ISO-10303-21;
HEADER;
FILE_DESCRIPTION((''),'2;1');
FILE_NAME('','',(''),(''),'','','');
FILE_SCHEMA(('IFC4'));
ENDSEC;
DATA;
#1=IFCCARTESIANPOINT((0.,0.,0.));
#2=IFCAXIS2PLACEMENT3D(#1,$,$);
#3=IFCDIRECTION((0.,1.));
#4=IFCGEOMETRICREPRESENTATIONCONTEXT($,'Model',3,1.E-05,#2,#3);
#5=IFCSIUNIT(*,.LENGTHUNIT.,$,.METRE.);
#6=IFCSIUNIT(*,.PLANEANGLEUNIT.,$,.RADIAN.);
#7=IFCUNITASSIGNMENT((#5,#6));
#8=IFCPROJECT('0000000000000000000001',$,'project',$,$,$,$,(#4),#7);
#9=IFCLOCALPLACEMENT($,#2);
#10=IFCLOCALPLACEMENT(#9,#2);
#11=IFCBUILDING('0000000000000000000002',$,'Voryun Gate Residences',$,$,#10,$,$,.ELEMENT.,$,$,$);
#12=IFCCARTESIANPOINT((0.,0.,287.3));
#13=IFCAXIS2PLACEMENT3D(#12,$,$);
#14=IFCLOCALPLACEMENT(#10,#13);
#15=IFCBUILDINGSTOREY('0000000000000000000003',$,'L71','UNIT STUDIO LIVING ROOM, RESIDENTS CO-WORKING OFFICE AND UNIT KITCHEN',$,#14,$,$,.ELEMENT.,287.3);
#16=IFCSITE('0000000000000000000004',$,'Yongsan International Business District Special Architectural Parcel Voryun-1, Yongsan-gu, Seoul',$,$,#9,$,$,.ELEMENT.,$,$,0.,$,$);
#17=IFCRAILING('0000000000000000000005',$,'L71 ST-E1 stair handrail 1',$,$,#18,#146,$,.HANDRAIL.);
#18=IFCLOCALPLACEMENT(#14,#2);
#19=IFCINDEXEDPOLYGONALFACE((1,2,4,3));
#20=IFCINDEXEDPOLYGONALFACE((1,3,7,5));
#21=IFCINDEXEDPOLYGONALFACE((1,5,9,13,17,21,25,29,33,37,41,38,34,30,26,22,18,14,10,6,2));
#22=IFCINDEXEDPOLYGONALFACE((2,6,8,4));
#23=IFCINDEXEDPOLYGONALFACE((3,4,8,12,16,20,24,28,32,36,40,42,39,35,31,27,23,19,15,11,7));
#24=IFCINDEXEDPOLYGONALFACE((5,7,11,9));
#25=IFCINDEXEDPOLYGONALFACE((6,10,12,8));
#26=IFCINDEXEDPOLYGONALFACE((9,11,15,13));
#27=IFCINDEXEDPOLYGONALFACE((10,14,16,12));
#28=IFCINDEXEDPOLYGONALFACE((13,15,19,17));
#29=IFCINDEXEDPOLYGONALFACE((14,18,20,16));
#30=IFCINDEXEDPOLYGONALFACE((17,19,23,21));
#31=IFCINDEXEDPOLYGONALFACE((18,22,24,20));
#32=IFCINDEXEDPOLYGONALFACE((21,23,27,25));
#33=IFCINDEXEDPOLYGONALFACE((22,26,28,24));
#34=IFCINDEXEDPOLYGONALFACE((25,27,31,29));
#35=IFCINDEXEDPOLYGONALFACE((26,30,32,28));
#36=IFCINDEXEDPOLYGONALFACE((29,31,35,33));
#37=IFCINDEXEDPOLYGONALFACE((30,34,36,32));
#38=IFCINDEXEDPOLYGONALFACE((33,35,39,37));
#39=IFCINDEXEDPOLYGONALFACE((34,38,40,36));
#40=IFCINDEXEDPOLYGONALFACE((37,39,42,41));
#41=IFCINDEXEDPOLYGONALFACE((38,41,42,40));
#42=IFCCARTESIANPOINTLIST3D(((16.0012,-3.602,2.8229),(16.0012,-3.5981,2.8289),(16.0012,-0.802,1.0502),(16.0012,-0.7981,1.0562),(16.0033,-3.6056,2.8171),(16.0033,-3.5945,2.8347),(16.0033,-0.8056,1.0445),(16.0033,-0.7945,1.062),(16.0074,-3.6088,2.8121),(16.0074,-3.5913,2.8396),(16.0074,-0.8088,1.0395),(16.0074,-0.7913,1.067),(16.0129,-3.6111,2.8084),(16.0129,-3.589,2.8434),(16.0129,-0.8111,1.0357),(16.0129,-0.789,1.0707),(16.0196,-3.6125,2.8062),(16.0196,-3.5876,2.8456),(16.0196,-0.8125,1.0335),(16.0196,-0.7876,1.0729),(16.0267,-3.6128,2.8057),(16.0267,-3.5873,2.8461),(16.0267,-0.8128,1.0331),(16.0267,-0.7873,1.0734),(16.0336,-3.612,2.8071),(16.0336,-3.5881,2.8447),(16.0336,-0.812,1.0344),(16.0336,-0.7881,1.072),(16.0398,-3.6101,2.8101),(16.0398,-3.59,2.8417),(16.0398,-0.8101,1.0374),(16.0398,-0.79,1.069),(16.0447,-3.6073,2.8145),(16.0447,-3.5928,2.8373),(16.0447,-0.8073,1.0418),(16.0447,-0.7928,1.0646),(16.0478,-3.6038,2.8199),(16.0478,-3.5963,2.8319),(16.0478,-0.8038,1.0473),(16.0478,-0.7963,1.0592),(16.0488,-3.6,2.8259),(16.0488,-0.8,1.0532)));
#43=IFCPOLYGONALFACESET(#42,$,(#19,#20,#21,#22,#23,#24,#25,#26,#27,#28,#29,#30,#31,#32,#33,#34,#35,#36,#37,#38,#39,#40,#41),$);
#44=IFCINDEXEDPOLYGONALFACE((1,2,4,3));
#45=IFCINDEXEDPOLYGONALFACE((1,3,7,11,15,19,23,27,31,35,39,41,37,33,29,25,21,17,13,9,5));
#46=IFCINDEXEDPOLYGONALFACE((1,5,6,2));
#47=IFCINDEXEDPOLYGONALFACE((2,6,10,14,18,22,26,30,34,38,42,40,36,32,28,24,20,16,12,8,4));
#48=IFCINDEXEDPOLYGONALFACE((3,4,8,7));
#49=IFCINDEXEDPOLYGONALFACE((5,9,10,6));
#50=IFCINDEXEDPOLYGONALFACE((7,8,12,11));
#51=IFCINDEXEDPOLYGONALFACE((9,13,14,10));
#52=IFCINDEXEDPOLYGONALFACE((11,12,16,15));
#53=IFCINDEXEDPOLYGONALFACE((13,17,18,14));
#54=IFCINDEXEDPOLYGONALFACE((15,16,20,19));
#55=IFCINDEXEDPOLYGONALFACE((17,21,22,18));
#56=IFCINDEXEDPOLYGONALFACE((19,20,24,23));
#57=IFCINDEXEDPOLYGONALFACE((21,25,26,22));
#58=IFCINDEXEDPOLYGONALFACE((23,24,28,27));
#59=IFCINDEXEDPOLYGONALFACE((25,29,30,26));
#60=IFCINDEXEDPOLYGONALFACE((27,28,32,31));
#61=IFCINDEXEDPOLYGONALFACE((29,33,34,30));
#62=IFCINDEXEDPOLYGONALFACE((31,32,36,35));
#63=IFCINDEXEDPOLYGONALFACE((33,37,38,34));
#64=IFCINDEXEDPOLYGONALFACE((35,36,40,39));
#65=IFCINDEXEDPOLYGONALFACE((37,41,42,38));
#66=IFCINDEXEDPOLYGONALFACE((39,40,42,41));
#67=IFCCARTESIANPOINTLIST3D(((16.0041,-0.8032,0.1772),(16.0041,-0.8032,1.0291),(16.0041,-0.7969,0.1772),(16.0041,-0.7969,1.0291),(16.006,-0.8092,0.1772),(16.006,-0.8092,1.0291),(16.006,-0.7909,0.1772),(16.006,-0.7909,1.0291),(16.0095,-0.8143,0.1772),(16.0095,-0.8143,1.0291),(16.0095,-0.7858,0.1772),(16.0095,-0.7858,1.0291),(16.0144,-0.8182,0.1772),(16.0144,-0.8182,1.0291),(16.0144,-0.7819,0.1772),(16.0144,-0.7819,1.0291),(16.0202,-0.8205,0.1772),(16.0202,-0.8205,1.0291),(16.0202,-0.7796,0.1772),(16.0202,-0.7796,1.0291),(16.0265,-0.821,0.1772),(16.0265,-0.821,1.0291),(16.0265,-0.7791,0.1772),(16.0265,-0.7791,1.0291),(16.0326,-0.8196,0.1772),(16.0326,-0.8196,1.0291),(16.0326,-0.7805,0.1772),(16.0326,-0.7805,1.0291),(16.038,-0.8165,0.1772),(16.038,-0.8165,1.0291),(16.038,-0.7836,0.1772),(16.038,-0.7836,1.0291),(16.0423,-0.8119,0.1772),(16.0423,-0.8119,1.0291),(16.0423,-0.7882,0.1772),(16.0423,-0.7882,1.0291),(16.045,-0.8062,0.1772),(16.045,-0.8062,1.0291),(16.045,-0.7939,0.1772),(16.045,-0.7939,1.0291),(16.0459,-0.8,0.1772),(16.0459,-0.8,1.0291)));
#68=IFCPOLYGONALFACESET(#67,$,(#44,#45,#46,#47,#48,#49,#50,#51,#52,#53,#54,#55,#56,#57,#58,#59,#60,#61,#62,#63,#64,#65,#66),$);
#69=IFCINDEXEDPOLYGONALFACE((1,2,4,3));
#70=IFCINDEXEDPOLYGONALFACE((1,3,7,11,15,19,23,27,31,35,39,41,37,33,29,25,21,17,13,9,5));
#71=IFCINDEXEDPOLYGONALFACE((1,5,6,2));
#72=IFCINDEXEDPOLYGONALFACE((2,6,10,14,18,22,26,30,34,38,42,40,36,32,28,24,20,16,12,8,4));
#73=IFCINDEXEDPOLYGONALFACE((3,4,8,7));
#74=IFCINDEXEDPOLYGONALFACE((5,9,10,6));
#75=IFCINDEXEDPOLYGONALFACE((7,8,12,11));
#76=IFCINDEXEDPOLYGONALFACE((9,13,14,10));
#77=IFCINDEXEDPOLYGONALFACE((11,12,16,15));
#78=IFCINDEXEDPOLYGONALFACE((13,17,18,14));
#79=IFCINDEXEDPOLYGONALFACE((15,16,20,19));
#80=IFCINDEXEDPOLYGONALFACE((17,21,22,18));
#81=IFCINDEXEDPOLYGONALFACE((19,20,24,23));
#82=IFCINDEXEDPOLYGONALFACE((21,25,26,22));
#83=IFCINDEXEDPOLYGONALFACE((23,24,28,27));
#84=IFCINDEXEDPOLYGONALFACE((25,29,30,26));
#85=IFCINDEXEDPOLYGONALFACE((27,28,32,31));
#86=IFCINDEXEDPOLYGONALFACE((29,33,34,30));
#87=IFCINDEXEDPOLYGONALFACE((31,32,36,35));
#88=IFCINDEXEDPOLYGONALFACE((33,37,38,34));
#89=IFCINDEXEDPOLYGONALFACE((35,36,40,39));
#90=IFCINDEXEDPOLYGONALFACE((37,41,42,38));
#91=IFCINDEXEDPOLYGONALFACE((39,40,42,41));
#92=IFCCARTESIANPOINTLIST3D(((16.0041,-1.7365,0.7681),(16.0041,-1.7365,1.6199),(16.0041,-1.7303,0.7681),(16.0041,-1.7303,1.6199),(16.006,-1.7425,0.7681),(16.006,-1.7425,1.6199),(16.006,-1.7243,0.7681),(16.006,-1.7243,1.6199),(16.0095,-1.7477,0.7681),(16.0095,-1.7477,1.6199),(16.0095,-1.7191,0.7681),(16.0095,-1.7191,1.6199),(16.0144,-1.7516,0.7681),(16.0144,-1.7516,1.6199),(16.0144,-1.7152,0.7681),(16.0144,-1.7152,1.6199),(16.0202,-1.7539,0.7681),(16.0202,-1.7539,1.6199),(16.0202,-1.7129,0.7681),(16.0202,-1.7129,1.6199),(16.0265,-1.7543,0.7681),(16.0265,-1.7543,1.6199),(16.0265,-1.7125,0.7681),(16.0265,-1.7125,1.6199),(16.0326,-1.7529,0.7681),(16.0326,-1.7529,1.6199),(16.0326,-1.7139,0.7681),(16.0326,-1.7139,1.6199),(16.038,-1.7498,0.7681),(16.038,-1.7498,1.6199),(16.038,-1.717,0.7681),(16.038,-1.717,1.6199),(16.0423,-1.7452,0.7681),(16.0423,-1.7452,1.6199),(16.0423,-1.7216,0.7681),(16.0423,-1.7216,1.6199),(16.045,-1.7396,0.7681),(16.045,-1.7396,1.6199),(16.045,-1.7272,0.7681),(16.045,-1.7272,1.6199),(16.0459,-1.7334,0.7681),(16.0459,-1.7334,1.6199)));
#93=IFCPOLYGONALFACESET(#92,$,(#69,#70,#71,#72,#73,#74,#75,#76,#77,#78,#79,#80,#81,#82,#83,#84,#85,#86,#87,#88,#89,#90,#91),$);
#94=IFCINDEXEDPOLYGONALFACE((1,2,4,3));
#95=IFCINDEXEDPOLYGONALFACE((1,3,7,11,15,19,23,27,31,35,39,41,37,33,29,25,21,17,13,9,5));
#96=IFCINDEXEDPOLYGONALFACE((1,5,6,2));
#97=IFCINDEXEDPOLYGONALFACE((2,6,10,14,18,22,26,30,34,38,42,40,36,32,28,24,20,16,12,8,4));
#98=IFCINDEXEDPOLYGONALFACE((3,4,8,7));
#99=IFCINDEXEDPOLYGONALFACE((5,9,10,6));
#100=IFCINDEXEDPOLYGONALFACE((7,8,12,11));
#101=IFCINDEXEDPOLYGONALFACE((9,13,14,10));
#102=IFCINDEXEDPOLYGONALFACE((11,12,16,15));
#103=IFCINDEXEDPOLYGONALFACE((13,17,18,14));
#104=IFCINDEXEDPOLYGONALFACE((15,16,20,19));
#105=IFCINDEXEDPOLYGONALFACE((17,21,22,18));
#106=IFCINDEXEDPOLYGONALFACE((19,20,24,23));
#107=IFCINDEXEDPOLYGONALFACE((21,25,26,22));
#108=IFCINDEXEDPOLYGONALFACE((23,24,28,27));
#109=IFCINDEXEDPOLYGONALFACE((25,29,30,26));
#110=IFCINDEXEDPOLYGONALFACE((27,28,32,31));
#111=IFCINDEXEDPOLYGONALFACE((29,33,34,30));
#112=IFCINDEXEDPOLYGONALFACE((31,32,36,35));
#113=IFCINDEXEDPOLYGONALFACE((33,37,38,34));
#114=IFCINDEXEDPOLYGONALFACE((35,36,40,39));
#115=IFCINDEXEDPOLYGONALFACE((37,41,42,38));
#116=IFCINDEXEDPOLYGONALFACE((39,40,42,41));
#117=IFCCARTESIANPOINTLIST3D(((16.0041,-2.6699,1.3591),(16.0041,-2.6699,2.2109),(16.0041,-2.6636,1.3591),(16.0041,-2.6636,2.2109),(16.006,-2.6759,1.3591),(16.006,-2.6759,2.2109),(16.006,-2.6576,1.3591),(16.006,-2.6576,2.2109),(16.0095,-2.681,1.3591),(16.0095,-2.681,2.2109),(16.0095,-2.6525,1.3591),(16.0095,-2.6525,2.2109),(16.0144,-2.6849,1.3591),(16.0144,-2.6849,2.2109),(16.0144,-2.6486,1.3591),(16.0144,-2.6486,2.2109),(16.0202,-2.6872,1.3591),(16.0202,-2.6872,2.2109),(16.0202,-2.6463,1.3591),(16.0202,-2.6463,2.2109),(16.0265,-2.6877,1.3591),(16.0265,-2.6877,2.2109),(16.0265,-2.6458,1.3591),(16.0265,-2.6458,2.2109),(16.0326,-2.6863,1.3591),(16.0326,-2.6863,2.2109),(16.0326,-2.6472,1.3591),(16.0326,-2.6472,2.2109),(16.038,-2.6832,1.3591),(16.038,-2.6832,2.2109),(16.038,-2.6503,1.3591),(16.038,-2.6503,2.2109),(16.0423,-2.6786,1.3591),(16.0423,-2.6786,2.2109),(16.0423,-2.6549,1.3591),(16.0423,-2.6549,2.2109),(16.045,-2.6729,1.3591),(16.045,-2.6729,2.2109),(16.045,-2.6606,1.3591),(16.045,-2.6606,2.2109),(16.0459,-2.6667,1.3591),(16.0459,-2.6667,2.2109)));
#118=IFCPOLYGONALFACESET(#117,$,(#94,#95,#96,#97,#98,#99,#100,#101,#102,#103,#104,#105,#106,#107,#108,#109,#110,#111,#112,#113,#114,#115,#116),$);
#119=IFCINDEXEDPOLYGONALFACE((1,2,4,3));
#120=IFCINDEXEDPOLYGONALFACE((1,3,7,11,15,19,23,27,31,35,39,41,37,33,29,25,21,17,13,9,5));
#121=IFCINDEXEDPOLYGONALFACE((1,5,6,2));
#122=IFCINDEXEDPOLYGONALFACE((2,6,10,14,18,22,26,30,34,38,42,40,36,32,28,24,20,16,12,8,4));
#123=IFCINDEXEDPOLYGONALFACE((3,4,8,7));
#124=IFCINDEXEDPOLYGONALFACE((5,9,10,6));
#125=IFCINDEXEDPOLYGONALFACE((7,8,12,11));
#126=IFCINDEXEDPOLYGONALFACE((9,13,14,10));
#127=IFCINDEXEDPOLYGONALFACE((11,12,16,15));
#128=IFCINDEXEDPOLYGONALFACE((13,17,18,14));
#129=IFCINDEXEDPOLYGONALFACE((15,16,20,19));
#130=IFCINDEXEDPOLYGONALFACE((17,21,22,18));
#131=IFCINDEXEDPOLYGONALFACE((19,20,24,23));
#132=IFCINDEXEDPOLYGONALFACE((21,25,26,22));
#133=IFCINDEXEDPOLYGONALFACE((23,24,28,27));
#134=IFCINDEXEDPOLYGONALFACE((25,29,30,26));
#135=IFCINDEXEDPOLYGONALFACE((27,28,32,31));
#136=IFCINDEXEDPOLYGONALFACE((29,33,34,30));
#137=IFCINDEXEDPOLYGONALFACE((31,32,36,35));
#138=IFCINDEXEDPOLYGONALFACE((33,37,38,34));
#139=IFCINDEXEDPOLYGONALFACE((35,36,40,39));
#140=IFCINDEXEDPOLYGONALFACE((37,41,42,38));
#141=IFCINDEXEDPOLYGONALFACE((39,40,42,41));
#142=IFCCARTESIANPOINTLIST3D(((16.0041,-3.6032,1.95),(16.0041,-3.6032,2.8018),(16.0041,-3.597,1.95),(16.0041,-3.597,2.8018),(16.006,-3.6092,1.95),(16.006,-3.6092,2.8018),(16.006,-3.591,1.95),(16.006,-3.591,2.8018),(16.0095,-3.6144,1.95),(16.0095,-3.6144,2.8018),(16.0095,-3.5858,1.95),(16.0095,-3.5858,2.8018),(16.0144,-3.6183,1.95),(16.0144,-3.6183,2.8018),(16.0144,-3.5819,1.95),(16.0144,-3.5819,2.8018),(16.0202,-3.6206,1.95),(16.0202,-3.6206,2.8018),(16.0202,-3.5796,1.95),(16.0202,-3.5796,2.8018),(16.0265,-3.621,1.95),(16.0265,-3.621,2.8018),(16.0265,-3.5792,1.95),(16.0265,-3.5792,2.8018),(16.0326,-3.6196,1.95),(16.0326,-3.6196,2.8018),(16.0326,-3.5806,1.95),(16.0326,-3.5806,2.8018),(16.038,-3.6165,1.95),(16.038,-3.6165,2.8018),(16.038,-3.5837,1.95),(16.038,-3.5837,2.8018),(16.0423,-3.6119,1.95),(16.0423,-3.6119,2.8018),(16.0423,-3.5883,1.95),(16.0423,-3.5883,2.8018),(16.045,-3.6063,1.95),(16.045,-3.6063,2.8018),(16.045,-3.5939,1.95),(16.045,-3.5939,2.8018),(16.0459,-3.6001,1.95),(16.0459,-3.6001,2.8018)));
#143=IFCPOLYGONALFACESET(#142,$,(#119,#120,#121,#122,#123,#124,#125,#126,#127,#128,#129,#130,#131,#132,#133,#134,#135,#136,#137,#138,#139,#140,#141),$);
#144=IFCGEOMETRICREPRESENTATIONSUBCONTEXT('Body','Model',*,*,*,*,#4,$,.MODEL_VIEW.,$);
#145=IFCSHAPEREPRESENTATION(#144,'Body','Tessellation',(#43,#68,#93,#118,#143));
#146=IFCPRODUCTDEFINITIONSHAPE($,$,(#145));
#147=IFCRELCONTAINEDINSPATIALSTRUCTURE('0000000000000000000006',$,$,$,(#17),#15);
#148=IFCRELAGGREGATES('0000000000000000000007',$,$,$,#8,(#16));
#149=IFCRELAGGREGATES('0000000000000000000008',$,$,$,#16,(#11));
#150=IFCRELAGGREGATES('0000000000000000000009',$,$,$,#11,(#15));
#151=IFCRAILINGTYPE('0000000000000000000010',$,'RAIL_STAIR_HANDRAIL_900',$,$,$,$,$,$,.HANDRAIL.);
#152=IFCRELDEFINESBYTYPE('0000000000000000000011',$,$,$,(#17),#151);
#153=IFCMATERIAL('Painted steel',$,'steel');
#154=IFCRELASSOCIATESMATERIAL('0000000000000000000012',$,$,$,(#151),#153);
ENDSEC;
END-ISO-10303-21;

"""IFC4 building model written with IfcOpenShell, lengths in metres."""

from ifc_helpers import new_model, si_unit, direction, frame, origin, origin_2d, place, context, subcontext, project, spatial, circle, extrude, material, type_object, element, save


model = new_model("IFC4")

# Units and contexts
model_context = context("Model", 3, precision=1e-05, world=origin(), true_north=direction((0.0, 1.0)))
body_context = subcontext(model_context, "Body", "Model", "MODEL_VIEW")
ifc_project = project(units=[si_unit("LENGTHUNIT", "METRE"), si_unit("PLANEANGLEUNIT", "RADIAN")], contexts=[model_context])

# Site, building, storey
site_placement = place(None, origin())
site = spatial("IfcSite", under=ifc_project, at=site_placement, Name="Yongsan International Business District Special Architectural Parcel Voryun-1, Yongsan-gu, Seoul", CompositionType="ELEMENT", RefElevation=0.0)
building_placement = place(site_placement, origin())
building = spatial("IfcBuilding", under=site, at=building_placement, Name="Voryun Gate Residences", CompositionType="ELEMENT")
storey_placement = place(building_placement, frame((0.0, 0.0, 287.3)))
storey = spatial("IfcBuildingStorey", under=building, at=storey_placement, Name="L71", Description="UNIT STUDIO LIVING ROOM, RESIDENTS CO-WORKING OFFICE AND UNIT KITCHEN", CompositionType="ELEMENT", Elevation=287.3)

# Railing
ifc_material_1 = material(Name="Painted steel", Category="steel")
railing_type_1 = type_object("IfcRailingType", Name="RAIL_STAIR_HANDRAIL_900", PredefinedType="HANDRAIL", material=ifc_material_1)
railing_1_placement = place(storey_placement, frame((16.0249, -0.8, 0.1772)))
element("IfcRailing", 1, at=railing_1_placement, inside=storey, type_object=railing_type_1, Name="L71 ST-E1 stair handrail 1", PredefinedType="HANDRAIL", context=body_context, shape_type="SweptSolid", body=[
    extrude(circle(Radius=0.0239, at=origin_2d()), frame((0.0, 0.0, 0.876), z_axis=(0.0, -0.844909, 0.53491), x_axis=(1.0, 0.0, 0.0)), (0.0, 0.0, 1.0), 3.314),
    extrude(circle(Radius=0.021, at=origin_2d()), origin(), (0.0, 0.0, 1.0), 0.8518),
    extrude(circle(Radius=0.021, at=origin_2d()), frame((0.0, -0.9333, 0.5908)), (0.0, 0.0, 1.0), 0.8518),
    extrude(circle(Radius=0.021, at=origin_2d()), frame((0.0, -1.8667, 1.1819)), (0.0, 0.0, 1.0), 0.8518),
    extrude(circle(Radius=0.021, at=origin_2d()), frame((0.0, -2.8, 1.7727)), (0.0, 0.0, 1.0), 0.8518),
])

save(model, "model.ifc")
